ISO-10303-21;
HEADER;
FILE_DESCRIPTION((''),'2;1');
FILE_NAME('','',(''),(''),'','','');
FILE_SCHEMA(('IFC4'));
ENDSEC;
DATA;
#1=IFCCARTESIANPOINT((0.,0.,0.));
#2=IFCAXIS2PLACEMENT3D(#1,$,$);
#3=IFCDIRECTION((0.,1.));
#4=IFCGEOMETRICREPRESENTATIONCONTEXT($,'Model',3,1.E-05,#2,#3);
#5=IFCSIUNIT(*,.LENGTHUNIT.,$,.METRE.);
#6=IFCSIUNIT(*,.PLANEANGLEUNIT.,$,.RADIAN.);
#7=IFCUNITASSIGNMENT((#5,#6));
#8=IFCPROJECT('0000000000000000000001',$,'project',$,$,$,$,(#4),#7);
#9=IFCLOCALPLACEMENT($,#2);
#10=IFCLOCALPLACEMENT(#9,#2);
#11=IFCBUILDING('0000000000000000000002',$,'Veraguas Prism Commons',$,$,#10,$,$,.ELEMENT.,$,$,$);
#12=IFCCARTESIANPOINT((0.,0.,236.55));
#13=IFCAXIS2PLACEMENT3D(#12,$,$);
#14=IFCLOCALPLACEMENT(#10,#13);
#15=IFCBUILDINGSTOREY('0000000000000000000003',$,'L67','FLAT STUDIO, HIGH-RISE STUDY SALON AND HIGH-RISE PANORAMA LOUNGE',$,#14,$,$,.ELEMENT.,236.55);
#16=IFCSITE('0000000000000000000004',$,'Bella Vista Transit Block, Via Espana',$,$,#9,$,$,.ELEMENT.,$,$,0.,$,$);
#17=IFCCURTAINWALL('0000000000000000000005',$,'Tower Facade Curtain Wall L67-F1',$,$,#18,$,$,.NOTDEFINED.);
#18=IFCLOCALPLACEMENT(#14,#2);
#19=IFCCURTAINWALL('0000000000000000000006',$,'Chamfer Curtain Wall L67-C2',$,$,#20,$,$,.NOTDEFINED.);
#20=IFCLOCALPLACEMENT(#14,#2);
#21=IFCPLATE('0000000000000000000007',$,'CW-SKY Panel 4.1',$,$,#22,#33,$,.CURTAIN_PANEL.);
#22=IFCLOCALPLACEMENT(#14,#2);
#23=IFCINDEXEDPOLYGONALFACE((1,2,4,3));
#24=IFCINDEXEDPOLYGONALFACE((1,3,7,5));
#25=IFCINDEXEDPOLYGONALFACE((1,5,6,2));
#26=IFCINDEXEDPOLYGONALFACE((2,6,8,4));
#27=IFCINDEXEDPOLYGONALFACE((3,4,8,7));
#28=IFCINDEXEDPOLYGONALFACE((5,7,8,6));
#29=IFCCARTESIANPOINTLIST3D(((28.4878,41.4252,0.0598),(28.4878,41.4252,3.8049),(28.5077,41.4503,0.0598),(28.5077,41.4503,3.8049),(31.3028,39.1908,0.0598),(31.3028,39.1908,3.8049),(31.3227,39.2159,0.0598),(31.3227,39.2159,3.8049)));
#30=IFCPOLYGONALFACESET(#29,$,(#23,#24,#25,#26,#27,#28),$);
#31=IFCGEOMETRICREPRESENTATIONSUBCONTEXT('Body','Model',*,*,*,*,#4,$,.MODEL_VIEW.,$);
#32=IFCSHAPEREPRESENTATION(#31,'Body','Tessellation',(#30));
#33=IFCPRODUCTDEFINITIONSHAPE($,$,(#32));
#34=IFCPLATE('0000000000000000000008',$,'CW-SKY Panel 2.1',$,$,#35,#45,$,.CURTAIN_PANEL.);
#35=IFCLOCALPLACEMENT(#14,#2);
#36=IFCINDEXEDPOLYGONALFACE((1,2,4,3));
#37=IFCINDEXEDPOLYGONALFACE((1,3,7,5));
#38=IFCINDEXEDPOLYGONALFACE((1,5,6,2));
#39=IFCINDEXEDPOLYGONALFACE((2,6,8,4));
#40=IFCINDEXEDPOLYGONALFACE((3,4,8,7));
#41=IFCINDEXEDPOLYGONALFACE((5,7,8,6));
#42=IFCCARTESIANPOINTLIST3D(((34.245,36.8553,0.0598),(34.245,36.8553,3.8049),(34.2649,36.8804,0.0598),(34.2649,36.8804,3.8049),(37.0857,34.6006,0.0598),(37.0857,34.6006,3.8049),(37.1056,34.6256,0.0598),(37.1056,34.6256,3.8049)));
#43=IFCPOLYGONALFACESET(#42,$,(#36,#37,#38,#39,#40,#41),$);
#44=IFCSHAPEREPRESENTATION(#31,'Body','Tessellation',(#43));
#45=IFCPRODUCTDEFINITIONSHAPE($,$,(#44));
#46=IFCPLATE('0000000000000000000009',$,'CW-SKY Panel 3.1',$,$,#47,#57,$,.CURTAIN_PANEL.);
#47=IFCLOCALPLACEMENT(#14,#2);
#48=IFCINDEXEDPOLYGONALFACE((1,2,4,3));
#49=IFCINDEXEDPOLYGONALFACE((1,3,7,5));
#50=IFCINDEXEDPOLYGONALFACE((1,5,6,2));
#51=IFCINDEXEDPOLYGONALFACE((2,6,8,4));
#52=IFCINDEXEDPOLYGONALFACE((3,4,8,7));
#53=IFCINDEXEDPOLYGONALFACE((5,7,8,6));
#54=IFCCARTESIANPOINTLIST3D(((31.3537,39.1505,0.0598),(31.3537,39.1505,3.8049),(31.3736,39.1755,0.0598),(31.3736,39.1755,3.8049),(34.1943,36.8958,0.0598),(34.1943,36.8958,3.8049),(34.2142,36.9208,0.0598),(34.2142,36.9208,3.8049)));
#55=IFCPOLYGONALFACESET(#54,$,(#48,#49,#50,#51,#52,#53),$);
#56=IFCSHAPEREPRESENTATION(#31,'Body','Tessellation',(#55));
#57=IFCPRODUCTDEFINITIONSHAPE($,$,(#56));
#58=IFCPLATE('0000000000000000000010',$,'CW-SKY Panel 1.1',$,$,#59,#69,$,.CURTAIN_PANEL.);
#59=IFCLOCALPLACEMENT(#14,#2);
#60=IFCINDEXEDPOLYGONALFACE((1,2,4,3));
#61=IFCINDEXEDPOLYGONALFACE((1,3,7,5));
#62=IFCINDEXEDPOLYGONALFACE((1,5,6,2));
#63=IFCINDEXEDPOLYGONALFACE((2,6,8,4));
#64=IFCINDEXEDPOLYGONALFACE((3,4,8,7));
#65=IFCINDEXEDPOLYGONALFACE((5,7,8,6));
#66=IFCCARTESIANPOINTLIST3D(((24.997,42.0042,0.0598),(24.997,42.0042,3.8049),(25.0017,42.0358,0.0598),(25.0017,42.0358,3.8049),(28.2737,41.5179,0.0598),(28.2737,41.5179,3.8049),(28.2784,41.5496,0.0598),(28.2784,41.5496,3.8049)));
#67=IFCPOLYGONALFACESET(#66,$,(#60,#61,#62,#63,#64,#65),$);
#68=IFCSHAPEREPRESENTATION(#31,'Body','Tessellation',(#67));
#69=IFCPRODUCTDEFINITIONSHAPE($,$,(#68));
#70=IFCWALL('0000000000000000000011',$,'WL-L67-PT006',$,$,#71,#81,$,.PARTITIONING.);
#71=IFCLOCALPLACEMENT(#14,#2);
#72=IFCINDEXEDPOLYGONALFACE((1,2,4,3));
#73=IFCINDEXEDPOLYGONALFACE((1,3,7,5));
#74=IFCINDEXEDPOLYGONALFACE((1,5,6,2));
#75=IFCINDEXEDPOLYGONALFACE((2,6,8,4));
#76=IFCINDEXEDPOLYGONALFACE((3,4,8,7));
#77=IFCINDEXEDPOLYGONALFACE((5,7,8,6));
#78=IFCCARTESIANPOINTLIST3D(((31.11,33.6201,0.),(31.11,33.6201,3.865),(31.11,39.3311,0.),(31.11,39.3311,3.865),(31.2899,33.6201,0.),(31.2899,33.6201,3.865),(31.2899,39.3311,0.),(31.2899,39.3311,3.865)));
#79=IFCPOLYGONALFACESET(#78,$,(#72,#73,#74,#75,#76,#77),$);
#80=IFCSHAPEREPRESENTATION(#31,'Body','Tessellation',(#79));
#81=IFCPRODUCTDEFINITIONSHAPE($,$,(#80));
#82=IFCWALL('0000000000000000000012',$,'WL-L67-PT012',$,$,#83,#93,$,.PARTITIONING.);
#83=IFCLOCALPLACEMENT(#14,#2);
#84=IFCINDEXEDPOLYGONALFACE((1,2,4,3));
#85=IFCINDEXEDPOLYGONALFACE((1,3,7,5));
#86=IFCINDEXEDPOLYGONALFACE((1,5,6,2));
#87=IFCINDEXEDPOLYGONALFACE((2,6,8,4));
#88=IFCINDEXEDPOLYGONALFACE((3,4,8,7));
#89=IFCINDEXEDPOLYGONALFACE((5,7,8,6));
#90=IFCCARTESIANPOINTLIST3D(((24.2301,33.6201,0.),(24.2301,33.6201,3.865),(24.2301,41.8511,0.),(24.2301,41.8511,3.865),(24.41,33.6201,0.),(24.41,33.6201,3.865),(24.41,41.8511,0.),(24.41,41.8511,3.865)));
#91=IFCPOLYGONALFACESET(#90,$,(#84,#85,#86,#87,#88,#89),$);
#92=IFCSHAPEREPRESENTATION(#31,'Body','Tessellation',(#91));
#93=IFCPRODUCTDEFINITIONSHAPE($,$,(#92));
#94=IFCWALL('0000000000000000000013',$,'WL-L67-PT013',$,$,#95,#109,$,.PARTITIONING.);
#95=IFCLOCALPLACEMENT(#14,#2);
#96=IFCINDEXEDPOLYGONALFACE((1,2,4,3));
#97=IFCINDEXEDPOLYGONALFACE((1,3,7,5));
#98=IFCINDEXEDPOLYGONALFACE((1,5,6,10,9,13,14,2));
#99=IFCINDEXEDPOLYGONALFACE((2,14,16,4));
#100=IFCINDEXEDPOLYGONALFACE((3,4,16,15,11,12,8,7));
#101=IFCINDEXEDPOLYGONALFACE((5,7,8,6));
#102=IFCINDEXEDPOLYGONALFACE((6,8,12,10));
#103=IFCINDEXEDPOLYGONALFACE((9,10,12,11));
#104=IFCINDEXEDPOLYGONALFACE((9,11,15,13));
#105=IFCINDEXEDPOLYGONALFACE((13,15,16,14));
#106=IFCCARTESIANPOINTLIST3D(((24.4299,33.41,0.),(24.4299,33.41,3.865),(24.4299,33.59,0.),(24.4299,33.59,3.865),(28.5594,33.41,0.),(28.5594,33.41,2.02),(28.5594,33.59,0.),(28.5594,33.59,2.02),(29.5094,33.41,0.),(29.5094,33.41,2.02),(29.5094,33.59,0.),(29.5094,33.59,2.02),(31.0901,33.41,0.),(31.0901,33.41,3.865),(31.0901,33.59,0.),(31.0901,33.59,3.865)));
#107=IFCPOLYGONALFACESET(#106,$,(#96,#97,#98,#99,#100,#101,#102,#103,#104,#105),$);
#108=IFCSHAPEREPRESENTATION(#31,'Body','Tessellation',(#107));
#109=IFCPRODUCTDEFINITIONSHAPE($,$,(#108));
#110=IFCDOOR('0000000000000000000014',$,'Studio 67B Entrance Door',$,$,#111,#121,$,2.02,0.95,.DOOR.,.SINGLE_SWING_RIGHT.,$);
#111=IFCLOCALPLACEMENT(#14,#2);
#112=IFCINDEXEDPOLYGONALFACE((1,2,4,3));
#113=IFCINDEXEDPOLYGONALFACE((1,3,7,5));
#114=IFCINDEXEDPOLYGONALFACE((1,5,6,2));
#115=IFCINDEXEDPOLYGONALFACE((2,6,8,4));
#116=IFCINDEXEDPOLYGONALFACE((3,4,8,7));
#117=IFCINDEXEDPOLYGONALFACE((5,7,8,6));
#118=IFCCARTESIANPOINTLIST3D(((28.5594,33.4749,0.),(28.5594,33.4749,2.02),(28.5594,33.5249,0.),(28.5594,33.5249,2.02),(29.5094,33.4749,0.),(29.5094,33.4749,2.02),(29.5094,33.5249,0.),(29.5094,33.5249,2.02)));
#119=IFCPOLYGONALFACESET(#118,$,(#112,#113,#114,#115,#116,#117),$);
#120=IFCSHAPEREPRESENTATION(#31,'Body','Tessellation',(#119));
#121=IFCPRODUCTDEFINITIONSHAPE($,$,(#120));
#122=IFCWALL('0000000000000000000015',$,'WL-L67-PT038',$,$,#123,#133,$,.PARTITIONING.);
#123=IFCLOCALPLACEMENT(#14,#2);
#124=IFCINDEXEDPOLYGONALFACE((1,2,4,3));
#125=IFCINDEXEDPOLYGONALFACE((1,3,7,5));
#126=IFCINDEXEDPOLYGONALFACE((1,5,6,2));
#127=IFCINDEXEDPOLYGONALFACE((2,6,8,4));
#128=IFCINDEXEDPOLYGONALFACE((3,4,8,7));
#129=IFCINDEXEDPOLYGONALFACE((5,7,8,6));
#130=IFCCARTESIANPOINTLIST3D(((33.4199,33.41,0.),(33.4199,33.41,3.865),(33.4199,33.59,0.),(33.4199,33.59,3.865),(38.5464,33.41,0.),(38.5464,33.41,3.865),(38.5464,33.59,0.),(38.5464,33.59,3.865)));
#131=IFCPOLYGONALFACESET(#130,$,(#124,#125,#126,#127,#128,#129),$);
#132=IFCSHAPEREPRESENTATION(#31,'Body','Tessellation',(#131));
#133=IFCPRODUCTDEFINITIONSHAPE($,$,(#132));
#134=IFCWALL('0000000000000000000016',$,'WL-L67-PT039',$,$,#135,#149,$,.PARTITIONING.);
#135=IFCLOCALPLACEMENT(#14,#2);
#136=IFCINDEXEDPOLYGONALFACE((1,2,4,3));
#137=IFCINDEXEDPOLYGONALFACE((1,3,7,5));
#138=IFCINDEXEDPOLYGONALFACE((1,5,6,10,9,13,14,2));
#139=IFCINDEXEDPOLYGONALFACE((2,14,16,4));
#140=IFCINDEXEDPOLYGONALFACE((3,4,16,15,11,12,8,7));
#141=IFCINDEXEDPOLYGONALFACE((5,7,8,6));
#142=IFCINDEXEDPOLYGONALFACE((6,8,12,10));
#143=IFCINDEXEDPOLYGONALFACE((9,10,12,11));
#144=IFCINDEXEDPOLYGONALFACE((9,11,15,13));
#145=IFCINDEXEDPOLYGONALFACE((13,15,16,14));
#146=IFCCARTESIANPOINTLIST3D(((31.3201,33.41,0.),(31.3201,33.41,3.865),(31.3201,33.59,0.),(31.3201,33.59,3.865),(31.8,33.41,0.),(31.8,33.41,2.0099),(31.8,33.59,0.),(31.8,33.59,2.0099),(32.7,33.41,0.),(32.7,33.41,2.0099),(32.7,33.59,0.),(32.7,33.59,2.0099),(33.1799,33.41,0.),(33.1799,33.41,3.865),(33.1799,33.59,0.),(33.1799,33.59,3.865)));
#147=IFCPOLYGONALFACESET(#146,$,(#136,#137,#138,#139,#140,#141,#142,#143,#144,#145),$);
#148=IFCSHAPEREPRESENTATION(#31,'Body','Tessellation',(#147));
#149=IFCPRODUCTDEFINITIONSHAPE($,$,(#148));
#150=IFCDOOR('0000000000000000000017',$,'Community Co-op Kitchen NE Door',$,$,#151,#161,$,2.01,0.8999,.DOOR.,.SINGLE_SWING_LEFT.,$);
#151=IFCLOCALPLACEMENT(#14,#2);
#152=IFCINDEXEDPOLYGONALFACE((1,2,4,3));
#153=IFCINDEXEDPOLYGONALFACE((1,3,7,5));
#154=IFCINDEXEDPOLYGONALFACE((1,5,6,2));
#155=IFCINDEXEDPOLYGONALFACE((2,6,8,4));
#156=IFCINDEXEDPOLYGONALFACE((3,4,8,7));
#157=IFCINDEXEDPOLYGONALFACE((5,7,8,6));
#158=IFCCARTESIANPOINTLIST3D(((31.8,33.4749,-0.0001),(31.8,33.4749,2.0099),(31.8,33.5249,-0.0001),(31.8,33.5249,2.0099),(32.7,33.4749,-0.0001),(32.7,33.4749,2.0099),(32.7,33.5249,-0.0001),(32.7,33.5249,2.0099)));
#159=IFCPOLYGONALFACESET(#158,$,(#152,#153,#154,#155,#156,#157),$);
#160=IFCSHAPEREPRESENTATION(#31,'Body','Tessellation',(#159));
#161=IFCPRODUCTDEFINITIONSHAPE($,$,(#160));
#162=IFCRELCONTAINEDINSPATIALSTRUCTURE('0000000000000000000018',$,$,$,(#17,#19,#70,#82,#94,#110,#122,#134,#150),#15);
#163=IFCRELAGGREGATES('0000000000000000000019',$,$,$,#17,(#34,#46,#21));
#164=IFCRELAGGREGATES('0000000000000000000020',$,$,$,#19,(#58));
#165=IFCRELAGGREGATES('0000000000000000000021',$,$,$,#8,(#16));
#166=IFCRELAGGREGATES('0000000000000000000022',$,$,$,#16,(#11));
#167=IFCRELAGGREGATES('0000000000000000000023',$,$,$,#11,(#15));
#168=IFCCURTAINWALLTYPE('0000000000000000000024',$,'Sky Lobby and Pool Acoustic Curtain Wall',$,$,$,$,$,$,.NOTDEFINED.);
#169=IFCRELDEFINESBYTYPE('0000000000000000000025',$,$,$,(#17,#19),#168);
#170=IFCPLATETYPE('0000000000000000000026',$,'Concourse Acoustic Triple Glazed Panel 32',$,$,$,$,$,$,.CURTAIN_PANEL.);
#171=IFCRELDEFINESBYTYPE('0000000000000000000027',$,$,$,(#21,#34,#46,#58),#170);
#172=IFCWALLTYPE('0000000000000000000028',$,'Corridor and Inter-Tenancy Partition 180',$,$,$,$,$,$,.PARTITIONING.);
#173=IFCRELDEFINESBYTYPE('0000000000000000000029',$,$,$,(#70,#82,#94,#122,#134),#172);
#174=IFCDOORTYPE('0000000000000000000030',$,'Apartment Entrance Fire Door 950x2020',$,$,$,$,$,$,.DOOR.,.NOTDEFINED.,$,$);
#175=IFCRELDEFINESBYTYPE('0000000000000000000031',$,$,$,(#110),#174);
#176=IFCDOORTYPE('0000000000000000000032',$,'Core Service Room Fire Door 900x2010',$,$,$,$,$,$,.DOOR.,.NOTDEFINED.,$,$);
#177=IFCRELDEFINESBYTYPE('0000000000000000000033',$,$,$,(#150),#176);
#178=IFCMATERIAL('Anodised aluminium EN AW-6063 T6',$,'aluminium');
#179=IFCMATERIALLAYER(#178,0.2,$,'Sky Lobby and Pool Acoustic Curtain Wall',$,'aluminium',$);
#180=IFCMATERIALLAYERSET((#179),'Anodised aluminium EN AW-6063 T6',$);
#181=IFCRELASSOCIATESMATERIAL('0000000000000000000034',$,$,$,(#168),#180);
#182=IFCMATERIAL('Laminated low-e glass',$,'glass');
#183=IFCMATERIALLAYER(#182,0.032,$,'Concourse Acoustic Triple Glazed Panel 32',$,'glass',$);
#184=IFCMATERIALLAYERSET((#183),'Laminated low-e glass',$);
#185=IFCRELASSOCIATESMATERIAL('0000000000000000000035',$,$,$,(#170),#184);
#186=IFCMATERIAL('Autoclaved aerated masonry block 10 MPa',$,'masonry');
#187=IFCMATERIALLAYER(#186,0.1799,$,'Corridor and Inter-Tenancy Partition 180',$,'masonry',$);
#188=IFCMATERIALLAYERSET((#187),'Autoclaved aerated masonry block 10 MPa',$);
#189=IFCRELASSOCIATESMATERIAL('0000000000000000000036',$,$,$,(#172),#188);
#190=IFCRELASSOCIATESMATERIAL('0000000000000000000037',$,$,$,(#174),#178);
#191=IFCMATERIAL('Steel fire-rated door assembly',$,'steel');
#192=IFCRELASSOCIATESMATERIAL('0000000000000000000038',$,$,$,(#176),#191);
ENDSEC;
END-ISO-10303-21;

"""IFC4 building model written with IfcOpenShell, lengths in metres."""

from ifc_helpers import new_model, si_unit, direction, frame, frame_2d, origin, origin_2d, place, context, subcontext, project, spatial, rectangle, extrude, source, transform, mapped, material, layer, layer_set, type_object, element, fill, aggregate, save


model = new_model("IFC4")

# Units and contexts
model_context = context("Model", 3, precision=1e-05, world=origin(), true_north=direction((0.0, 1.0)))
body_context = subcontext(model_context, "Body", "Model", "MODEL_VIEW")
ifc_project = project(units=[si_unit("LENGTHUNIT", "METRE"), si_unit("PLANEANGLEUNIT", "RADIAN")], contexts=[model_context])

# Site, building, storey
site_placement = place(None, origin())
site = spatial("IfcSite", under=ifc_project, at=site_placement, Name="Bella Vista Transit Block, Via Espana", CompositionType="ELEMENT", RefElevation=0.0)
building_placement = place(site_placement, origin())
building = spatial("IfcBuilding", under=site, at=building_placement, Name="Veraguas Prism Commons", CompositionType="ELEMENT")
storey_placement = place(building_placement, frame((0.0, 0.0, 236.55)))
storey = spatial("IfcBuildingStorey", under=building, at=storey_placement, Name="L67", Description="FLAT STUDIO, HIGH-RISE STUDY SALON AND HIGH-RISE PANORAMA LOUNGE", CompositionType="ELEMENT", Elevation=236.55)

# Curtain wall
ifc_material_1 = material(Name="Anodised aluminium EN AW-6063 T6", Category="aluminium")
ifc_layer_1 = layer(ifc_material_1, 0.2, Name="Sky Lobby and Pool Acoustic Curtain Wall", Category="aluminium")
ifc_layer_set_1 = layer_set([ifc_layer_1], Name="Anodised aluminium EN AW-6063 T6")
curtain_wall_type = type_object("IfcCurtainWallType", Name="Sky Lobby and Pool Acoustic Curtain Wall", PredefinedType="NOTDEFINED", material=ifc_layer_set_1)
curtain_wall_1_placement = place(storey_placement, origin())
curtain_wall_1 = element("IfcCurtainWall", 1, at=curtain_wall_1_placement, inside=storey, type_object=curtain_wall_type, Name="Tower Facade Curtain Wall L67-F1", PredefinedType="NOTDEFINED")

# Curtain wall
curtain_wall_2_placement = place(storey_placement, origin())
curtain_wall_2 = element("IfcCurtainWall", 2, at=curtain_wall_2_placement, inside=storey, type_object=curtain_wall_type, Name="Chamfer Curtain Wall L67-C2", PredefinedType="NOTDEFINED")

# Plates
ifc_material_2 = material(Name="Laminated low-e glass", Category="glass")
ifc_layer_2 = layer(ifc_material_2, 0.032, Name="Concourse Acoustic Triple Glazed Panel 32", Category="glass")
ifc_layer_set_2 = layer_set([ifc_layer_2], Name="Laminated low-e glass")
plate_type = type_object("IfcPlateType", Name="Concourse Acoustic Triple Glazed Panel 32", PredefinedType="CURTAIN_PANEL", material=ifc_layer_set_2)
shared_shape_1 = source(origin(), body_context, "Body", "SweptSolid", [
    extrude(rectangle(XDim=3.594, YDim=0.032, at=origin_2d()), origin(), (0.0, 0.0, 1.0), 3.7451),
])
plate_1_placement = place(storey_placement, frame((29.9053, 40.3206, 0.0598), z_axis=(0.0, 0.0, 1.0), x_axis=(-0.783259, 0.621696, 0.0)))
plate_1 = element("IfcPlate", 3, at=plate_1_placement, type_object=plate_type, Name="CW-SKY Panel 4.1", PredefinedType="CURTAIN_PANEL", context=body_context, shape_type="MappedRepresentation", body=[
    mapped(shared_shape_1, transform((0.0, 0.0, 0.0), scale=1.0)),
])
shared_shape_2 = source(origin(), body_context, "Body", "SweptSolid", [
    extrude(rectangle(XDim=3.6267, YDim=0.032, at=origin_2d()), origin(), (0.0, 0.0, 1.0), 3.7451),
])
plate_2_placement = place(storey_placement, frame((35.6753, 35.7405, 0.0598), z_axis=(0.0, 0.0, 1.0), x_axis=(-0.783259, 0.621696, 0.0)))
plate_2 = element("IfcPlate", 4, at=plate_2_placement, type_object=plate_type, Name="CW-SKY Panel 2.1", PredefinedType="CURTAIN_PANEL", context=body_context, shape_type="MappedRepresentation", body=[
    mapped(shared_shape_2, transform((0.0, 0.0, 0.0), scale=1.0)),
])
plate_3_placement = place(storey_placement, frame((32.7839, 38.0356, 0.0598), z_axis=(0.0, 0.0, 1.0), x_axis=(-0.783259, 0.621696, 0.0)))
plate_3 = element("IfcPlate", 5, at=plate_3_placement, type_object=plate_type, Name="CW-SKY Panel 3.1", PredefinedType="CURTAIN_PANEL", context=body_context, shape_type="MappedRepresentation", body=[
    mapped(shared_shape_2, transform((0.0, 0.0, 0.0), scale=1.0)),
])
aggregate(curtain_wall_1, [plate_2, plate_3, plate_1])
shared_shape_3 = source(origin(), body_context, "Body", "SweptSolid", [
    extrude(rectangle(XDim=3.3125, YDim=0.032, at=origin_2d()), origin(), (0.0, 0.0, 1.0), 3.7451),
])
plate_4_placement = place(storey_placement, frame((26.6377, 41.7769, 0.0598), z_axis=(0.0, 0.0, 1.0), x_axis=(-0.989168, 0.146787, 0.0)))
plate_4 = element("IfcPlate", 6, at=plate_4_placement, type_object=plate_type, Name="CW-SKY Panel 1.1", PredefinedType="CURTAIN_PANEL", context=body_context, shape_type="MappedRepresentation", body=[
    mapped(shared_shape_3, transform((0.0, 0.0, 0.0), scale=1.0)),
])
aggregate(curtain_wall_2, [plate_4])

# Walls
ifc_material_3 = material(Name="Autoclaved aerated masonry block 10 MPa", Category="masonry")
ifc_layer_3 = layer(ifc_material_3, 0.1799, Name="Corridor and Inter-Tenancy Partition 180", Category="masonry")
ifc_layer_set_3 = layer_set([ifc_layer_3], Name="Autoclaved aerated masonry block 10 MPa")
wall_type_1 = type_object("IfcWallType", Name="Corridor and Inter-Tenancy Partition 180", PredefinedType="PARTITIONING", material=ifc_layer_set_3)
wall_1_placement = place(storey_placement, frame((31.2, 33.6201, 0.0), z_axis=(0.0, 0.0, 1.0), x_axis=(0.0, 1.0, 0.0)))
element("IfcWall", 7, at=wall_1_placement, inside=storey, type_object=wall_type_1, Name="WL-L67-PT006", PredefinedType="PARTITIONING", context=body_context, shape_type="SweptSolid", body=[
    extrude(rectangle(XDim=5.7109, YDim=0.1799, at=frame_2d((2.8555, 0.0))), origin(), (0.0, 0.0, 1.0), 3.865),
])
wall_2_placement = place(storey_placement, frame((24.3201, 33.6201, 0.0), z_axis=(0.0, 0.0, 1.0), x_axis=(0.0, 1.0, 0.0)))
element("IfcWall", 8, at=wall_2_placement, inside=storey, type_object=wall_type_1, Name="WL-L67-PT012", PredefinedType="PARTITIONING", context=body_context, shape_type="SweptSolid", body=[
    extrude(rectangle(XDim=8.231, YDim=0.1799, at=frame_2d((4.1155, 0.0))), origin(), (0.0, 0.0, 1.0), 3.865),
])

# Wall, opening, door
wall_3_placement = place(storey_placement, frame((24.4299, 33.5, 0.0), z_axis=(0.0, 0.0, 1.0), x_axis=(1.0, 0.0, 0.0)))
wall_3 = element("IfcWall", 9, at=wall_3_placement, inside=storey, type_object=wall_type_1, Name="WL-L67-PT013", PredefinedType="PARTITIONING", context=body_context, shape_type="SweptSolid", body=[
    extrude(rectangle(XDim=6.6602, YDim=0.1799, at=frame_2d((3.3301, 0.0))), origin(), (0.0, 0.0, 1.0), 3.865),
])
opening_1_placement = place(wall_3_placement, frame((4.1294, 0.0, 0.0)))
opening_1 = element("IfcOpeningElement", 10, at=opening_1_placement, cuts=wall_3, PredefinedType="OPENING", context=body_context, shape_type="SweptSolid", body=[
    extrude(rectangle(XDim=0.95, YDim=2.02, at=frame_2d((0.4751, 1.01))), frame((0.0, 0.0999, 0.0), z_axis=(0.0, -1.0, 0.0), x_axis=(1.0, 0.0, 0.0)), (0.0, 0.0, 1.0), 0.2),
])
door_type_1 = type_object("IfcDoorType", Name="Apartment Entrance Fire Door 950x2020", OperationType="NOTDEFINED", PredefinedType="DOOR", material=ifc_material_1)
shared_shape_4 = source(origin(), body_context, "Body", "SweptSolid", [
    extrude(rectangle(XDim=0.95, YDim=2.02, at=frame_2d((0.4751, 1.01))), frame((0.0, 0.0249, 0.0), z_axis=(0.0, -1.0, 0.0), x_axis=(1.0, 0.0, 0.0)), (0.0, 0.0, 1.0), 0.05),
])
door_1_placement = place(opening_1_placement, origin())
door_1 = element("IfcDoor", 11, at=door_1_placement, inside=storey, type_object=door_type_1, Name="Studio 67B Entrance Door", OperationType="SINGLE_SWING_RIGHT", OverallHeight=2.02, OverallWidth=0.95, PredefinedType="DOOR", context=body_context, shape_type="MappedRepresentation", body=[
    mapped(shared_shape_4, transform((0.0, 0.0, 0.0), scale=1.0)),
])
fill(opening_1, door_1)

# Wall
wall_4_placement = place(storey_placement, frame((33.4199, 33.5, 0.0), z_axis=(0.0, 0.0, 1.0), x_axis=(1.0, 0.0, 0.0)))
element("IfcWall", 12, at=wall_4_placement, inside=storey, type_object=wall_type_1, Name="WL-L67-PT038", PredefinedType="PARTITIONING", context=body_context, shape_type="SweptSolid", body=[
    extrude(rectangle(XDim=5.1265, YDim=0.1799, at=frame_2d((2.5632, 0.0))), origin(), (0.0, 0.0, 1.0), 3.865),
])

# Wall, opening, door
wall_5_placement = place(storey_placement, frame((31.3201, 33.5, 0.0), z_axis=(0.0, 0.0, 1.0), x_axis=(1.0, 0.0, 0.0)))
wall_5 = element("IfcWall", 13, at=wall_5_placement, inside=storey, type_object=wall_type_1, Name="WL-L67-PT039", PredefinedType="PARTITIONING", context=body_context, shape_type="SweptSolid", body=[
    extrude(rectangle(XDim=1.8599, YDim=0.1799, at=frame_2d((0.9299, 0.0))), origin(), (0.0, 0.0, 1.0), 3.865),
])
opening_2_placement = place(wall_5_placement, frame((0.48, 0.0, 0.0)))
opening_2 = element("IfcOpeningElement", 14, at=opening_2_placement, cuts=wall_5, PredefinedType="OPENING", context=body_context, shape_type="SweptSolid", body=[
    extrude(rectangle(XDim=0.8999, YDim=2.01, at=frame_2d((0.45, 1.0049))), frame((0.0, 0.0999, 0.0), z_axis=(0.0, -1.0, 0.0), x_axis=(1.0, 0.0, 0.0)), (0.0, 0.0, 1.0), 0.2),
])
ifc_material_4 = material(Name="Steel fire-rated door assembly", Category="steel")
door_type_2 = type_object("IfcDoorType", Name="Core Service Room Fire Door 900x2010", OperationType="NOTDEFINED", PredefinedType="DOOR", material=ifc_material_4)
shared_shape_5 = source(origin(), body_context, "Body", "SweptSolid", [
    extrude(rectangle(XDim=0.8999, YDim=2.01, at=frame_2d((0.45, 1.0049))), frame((0.0, 0.0249, 0.0), z_axis=(0.0, -1.0, 0.0), x_axis=(1.0, 0.0, 0.0)), (0.0, 0.0, 1.0), 0.05),
])
door_2_placement = place(opening_2_placement, origin())
door_2 = element("IfcDoor", 15, at=door_2_placement, inside=storey, type_object=door_type_2, Name="Community Co-op Kitchen NE Door", OperationType="SINGLE_SWING_LEFT", OverallHeight=2.01, OverallWidth=0.8999, PredefinedType="DOOR", context=body_context, shape_type="MappedRepresentation", body=[
    mapped(shared_shape_5, transform((0.0, 0.0, 0.0), scale=1.0)),
])
fill(opening_2, door_2)

save(model, "model.ifc")
